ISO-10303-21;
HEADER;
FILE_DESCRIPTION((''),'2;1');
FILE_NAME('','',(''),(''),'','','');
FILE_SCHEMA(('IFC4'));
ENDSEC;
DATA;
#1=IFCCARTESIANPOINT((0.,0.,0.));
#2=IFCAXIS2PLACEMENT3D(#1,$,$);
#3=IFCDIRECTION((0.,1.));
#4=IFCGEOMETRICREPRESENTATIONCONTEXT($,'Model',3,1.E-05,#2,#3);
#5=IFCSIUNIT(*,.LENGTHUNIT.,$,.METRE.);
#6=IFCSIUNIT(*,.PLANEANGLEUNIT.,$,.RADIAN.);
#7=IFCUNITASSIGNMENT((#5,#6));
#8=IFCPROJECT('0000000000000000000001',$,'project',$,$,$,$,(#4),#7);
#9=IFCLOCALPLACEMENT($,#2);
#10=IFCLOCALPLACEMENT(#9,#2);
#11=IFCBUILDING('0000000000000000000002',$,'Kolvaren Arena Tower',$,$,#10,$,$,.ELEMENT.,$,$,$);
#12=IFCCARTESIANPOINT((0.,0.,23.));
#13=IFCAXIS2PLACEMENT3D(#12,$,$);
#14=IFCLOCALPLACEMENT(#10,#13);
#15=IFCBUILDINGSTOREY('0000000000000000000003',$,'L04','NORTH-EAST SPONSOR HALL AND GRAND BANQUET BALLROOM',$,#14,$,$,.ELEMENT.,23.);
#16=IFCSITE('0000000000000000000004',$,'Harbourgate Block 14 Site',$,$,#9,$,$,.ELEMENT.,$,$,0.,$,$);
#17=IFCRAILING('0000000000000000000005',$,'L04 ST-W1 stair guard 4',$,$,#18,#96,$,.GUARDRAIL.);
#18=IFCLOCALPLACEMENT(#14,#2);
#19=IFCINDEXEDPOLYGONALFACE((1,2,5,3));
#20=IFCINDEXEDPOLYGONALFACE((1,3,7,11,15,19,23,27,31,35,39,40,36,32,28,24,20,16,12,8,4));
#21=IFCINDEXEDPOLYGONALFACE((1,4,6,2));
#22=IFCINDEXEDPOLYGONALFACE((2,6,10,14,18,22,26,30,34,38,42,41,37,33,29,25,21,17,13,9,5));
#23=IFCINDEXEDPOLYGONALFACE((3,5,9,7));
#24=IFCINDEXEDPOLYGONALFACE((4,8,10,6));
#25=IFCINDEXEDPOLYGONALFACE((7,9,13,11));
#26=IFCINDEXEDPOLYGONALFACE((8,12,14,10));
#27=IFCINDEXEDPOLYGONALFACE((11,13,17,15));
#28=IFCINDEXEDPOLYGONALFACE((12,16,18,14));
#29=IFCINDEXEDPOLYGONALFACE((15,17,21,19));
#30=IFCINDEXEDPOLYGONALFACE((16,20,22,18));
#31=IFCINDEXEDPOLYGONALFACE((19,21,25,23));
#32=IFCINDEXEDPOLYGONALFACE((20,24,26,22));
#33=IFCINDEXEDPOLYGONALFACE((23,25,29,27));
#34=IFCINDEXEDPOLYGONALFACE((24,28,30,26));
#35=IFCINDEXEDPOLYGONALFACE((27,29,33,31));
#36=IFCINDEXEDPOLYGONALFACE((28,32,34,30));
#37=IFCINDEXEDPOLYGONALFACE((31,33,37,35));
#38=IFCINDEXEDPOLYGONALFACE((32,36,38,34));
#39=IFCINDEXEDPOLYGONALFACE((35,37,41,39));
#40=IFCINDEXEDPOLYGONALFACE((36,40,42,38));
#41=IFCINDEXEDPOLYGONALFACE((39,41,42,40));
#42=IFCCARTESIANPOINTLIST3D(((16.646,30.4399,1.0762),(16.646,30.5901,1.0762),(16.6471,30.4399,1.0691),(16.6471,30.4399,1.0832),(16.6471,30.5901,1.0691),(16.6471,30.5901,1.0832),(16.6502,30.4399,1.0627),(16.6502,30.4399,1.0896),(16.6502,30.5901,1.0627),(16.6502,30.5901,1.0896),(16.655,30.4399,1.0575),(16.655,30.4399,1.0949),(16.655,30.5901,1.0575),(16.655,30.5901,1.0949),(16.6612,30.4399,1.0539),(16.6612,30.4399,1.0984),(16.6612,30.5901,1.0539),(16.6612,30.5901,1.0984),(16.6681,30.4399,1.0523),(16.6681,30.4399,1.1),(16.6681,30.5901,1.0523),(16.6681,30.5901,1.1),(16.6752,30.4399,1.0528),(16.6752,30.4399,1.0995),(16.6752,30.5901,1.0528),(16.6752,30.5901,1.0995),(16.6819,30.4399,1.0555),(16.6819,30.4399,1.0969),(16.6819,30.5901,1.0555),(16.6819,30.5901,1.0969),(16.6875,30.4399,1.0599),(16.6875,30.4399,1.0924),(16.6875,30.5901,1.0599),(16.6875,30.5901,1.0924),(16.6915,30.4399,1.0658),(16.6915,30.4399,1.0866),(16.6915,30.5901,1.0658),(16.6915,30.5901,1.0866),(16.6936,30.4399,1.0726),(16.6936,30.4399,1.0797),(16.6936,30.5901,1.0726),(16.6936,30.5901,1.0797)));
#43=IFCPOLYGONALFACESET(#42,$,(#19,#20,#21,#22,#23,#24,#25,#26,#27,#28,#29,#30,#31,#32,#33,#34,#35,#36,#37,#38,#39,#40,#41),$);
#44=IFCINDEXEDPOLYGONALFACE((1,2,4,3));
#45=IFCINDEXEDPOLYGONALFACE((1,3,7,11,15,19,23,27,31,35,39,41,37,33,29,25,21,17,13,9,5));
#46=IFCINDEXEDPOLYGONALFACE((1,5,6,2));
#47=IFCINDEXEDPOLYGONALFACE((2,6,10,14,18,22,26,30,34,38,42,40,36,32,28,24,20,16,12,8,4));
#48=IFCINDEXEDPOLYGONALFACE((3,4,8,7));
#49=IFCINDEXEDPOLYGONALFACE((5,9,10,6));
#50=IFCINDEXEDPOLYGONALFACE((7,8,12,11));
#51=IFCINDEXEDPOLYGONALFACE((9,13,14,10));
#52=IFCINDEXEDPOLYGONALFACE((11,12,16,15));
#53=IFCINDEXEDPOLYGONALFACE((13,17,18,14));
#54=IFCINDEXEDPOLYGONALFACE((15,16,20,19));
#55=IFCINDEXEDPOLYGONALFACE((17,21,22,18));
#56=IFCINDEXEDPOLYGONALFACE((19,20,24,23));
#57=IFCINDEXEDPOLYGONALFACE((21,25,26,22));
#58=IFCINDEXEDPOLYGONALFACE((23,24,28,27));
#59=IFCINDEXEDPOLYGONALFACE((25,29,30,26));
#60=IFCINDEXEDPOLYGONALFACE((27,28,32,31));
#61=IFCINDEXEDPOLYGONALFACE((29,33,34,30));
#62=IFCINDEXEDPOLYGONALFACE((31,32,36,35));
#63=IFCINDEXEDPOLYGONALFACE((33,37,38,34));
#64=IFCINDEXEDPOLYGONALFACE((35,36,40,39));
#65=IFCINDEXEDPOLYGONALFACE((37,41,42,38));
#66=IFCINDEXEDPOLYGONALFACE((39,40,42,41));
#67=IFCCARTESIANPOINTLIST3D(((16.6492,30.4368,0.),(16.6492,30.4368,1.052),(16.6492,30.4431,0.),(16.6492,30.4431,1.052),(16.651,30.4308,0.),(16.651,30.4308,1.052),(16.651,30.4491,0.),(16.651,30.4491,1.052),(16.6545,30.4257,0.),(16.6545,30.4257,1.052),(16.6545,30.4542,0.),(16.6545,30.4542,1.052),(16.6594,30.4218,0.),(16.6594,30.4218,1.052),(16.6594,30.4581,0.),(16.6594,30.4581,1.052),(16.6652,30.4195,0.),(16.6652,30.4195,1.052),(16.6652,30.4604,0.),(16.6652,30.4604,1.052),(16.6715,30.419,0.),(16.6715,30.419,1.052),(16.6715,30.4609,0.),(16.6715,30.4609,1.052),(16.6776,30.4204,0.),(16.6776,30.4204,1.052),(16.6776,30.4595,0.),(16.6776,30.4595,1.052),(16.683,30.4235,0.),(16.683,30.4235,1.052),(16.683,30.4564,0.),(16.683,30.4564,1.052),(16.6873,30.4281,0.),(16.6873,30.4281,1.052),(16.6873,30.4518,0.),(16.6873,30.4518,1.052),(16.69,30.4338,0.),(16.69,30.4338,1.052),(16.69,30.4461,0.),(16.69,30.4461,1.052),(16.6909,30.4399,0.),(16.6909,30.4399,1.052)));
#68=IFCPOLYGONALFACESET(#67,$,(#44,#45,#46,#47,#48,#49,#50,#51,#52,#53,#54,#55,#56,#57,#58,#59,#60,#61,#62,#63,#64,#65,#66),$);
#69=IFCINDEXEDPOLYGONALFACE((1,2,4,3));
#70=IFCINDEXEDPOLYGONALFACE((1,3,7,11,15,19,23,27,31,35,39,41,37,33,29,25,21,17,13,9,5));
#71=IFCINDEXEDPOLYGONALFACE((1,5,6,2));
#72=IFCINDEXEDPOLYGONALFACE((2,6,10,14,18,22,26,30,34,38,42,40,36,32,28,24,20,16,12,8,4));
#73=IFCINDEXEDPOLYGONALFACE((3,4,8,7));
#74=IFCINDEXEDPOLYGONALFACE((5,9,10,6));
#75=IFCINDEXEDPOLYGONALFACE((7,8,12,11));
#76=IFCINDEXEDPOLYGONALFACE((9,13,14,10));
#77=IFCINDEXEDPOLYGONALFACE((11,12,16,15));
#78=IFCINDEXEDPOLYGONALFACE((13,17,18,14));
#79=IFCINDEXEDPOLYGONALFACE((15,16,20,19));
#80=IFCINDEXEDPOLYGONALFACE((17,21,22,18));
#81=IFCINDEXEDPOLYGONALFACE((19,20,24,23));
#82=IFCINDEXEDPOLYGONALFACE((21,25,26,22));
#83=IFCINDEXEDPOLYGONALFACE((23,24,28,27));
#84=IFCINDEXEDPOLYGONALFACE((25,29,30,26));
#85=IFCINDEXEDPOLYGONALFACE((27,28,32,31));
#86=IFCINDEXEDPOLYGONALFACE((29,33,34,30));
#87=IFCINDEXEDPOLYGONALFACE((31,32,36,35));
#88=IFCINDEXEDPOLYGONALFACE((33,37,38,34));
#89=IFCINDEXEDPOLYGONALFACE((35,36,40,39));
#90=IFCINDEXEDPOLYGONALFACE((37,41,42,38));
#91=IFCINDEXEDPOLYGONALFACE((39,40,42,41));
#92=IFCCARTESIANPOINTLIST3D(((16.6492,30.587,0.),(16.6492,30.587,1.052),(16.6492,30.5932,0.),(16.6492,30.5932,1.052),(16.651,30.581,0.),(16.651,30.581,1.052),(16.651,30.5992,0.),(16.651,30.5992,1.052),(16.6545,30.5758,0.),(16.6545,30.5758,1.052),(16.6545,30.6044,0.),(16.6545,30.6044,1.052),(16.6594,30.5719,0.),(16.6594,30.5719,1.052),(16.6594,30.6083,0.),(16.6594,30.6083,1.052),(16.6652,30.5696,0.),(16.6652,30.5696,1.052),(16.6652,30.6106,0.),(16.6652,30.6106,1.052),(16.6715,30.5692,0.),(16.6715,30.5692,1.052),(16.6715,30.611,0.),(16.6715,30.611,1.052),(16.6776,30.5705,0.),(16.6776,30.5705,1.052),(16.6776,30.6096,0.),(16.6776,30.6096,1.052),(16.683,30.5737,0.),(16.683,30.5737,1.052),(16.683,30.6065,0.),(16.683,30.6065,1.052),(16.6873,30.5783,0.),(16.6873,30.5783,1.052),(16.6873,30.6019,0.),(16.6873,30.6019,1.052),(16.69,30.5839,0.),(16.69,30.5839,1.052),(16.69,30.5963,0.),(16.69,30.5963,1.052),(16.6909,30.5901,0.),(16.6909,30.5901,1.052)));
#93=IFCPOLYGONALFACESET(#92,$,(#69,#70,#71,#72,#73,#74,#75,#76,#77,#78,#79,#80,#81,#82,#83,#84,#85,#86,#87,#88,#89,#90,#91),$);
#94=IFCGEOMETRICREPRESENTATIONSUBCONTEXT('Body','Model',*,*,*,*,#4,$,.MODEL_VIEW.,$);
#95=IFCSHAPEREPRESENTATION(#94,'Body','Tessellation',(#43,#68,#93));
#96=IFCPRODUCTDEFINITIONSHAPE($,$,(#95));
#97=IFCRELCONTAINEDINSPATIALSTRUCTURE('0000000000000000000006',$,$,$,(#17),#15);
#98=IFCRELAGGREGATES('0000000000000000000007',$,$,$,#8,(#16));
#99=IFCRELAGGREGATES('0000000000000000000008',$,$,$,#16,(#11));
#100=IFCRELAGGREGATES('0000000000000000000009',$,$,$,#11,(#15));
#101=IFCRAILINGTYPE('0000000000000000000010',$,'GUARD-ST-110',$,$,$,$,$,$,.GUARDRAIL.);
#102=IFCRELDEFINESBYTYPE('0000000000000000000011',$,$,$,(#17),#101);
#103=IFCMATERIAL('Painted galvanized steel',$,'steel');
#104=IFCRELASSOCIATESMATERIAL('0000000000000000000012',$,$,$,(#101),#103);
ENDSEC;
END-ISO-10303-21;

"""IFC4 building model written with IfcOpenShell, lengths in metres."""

from ifc_helpers import new_model, si_unit, direction, frame, origin, origin_2d, place, context, subcontext, project, spatial, circle, extrude, material, type_object, element, save


model = new_model("IFC4")

# Units and contexts
model_context = context("Model", 3, precision=1e-05, world=origin(), true_north=direction((0.0, 1.0)))
body_context = subcontext(model_context, "Body", "Model", "MODEL_VIEW")
ifc_project = project(units=[si_unit("LENGTHUNIT", "METRE"), si_unit("PLANEANGLEUNIT", "RADIAN")], contexts=[model_context])

# Site, building, storey
site_placement = place(None, origin())
site = spatial("IfcSite", under=ifc_project, at=site_placement, Name="Harbourgate Block 14 Site", CompositionType="ELEMENT", RefElevation=0.0)
building_placement = place(site_placement, origin())
building = spatial("IfcBuilding", under=site, at=building_placement, Name="Kolvaren Arena Tower", CompositionType="ELEMENT")
storey_placement = place(building_placement, frame((0.0, 0.0, 23.0)))
storey = spatial("IfcBuildingStorey", under=building, at=storey_placement, Name="L04", Description="NORTH-EAST SPONSOR HALL AND GRAND BANQUET BALLROOM", CompositionType="ELEMENT", Elevation=23.0)

# Railing
ifc_material_1 = material(Name="Painted galvanized steel", Category="steel")
railing_type_1 = type_object("IfcRailingType", Name="GUARD-ST-110", PredefinedType="GUARDRAIL", material=ifc_material_1)
railing_1_placement = place(storey_placement, frame((16.6699, 30.4399, 0.0)))
element("IfcRailing", 1, at=railing_1_placement, inside=storey, type_object=railing_type_1, Name="L04 ST-W1 stair guard 4", PredefinedType="GUARDRAIL", context=body_context, shape_type="SweptSolid", body=[
    extrude(circle(Radius=0.0239, at=origin_2d()), frame((0.0, 0.0, 1.0762), z_axis=(0.0, 1.0, 0.0), x_axis=(-1.0, 0.0, 0.0)), (0.0, 0.0, 1.0), 0.1501),
    extrude(circle(Radius=0.021, at=origin_2d()), origin(), (0.0, 0.0, 1.0), 1.052),
    extrude(circle(Radius=0.021, at=origin_2d()), frame((0.0, 0.1501, 0.0)), (0.0, 0.0, 1.0), 1.052),
])

save(model, "model.ifc")
